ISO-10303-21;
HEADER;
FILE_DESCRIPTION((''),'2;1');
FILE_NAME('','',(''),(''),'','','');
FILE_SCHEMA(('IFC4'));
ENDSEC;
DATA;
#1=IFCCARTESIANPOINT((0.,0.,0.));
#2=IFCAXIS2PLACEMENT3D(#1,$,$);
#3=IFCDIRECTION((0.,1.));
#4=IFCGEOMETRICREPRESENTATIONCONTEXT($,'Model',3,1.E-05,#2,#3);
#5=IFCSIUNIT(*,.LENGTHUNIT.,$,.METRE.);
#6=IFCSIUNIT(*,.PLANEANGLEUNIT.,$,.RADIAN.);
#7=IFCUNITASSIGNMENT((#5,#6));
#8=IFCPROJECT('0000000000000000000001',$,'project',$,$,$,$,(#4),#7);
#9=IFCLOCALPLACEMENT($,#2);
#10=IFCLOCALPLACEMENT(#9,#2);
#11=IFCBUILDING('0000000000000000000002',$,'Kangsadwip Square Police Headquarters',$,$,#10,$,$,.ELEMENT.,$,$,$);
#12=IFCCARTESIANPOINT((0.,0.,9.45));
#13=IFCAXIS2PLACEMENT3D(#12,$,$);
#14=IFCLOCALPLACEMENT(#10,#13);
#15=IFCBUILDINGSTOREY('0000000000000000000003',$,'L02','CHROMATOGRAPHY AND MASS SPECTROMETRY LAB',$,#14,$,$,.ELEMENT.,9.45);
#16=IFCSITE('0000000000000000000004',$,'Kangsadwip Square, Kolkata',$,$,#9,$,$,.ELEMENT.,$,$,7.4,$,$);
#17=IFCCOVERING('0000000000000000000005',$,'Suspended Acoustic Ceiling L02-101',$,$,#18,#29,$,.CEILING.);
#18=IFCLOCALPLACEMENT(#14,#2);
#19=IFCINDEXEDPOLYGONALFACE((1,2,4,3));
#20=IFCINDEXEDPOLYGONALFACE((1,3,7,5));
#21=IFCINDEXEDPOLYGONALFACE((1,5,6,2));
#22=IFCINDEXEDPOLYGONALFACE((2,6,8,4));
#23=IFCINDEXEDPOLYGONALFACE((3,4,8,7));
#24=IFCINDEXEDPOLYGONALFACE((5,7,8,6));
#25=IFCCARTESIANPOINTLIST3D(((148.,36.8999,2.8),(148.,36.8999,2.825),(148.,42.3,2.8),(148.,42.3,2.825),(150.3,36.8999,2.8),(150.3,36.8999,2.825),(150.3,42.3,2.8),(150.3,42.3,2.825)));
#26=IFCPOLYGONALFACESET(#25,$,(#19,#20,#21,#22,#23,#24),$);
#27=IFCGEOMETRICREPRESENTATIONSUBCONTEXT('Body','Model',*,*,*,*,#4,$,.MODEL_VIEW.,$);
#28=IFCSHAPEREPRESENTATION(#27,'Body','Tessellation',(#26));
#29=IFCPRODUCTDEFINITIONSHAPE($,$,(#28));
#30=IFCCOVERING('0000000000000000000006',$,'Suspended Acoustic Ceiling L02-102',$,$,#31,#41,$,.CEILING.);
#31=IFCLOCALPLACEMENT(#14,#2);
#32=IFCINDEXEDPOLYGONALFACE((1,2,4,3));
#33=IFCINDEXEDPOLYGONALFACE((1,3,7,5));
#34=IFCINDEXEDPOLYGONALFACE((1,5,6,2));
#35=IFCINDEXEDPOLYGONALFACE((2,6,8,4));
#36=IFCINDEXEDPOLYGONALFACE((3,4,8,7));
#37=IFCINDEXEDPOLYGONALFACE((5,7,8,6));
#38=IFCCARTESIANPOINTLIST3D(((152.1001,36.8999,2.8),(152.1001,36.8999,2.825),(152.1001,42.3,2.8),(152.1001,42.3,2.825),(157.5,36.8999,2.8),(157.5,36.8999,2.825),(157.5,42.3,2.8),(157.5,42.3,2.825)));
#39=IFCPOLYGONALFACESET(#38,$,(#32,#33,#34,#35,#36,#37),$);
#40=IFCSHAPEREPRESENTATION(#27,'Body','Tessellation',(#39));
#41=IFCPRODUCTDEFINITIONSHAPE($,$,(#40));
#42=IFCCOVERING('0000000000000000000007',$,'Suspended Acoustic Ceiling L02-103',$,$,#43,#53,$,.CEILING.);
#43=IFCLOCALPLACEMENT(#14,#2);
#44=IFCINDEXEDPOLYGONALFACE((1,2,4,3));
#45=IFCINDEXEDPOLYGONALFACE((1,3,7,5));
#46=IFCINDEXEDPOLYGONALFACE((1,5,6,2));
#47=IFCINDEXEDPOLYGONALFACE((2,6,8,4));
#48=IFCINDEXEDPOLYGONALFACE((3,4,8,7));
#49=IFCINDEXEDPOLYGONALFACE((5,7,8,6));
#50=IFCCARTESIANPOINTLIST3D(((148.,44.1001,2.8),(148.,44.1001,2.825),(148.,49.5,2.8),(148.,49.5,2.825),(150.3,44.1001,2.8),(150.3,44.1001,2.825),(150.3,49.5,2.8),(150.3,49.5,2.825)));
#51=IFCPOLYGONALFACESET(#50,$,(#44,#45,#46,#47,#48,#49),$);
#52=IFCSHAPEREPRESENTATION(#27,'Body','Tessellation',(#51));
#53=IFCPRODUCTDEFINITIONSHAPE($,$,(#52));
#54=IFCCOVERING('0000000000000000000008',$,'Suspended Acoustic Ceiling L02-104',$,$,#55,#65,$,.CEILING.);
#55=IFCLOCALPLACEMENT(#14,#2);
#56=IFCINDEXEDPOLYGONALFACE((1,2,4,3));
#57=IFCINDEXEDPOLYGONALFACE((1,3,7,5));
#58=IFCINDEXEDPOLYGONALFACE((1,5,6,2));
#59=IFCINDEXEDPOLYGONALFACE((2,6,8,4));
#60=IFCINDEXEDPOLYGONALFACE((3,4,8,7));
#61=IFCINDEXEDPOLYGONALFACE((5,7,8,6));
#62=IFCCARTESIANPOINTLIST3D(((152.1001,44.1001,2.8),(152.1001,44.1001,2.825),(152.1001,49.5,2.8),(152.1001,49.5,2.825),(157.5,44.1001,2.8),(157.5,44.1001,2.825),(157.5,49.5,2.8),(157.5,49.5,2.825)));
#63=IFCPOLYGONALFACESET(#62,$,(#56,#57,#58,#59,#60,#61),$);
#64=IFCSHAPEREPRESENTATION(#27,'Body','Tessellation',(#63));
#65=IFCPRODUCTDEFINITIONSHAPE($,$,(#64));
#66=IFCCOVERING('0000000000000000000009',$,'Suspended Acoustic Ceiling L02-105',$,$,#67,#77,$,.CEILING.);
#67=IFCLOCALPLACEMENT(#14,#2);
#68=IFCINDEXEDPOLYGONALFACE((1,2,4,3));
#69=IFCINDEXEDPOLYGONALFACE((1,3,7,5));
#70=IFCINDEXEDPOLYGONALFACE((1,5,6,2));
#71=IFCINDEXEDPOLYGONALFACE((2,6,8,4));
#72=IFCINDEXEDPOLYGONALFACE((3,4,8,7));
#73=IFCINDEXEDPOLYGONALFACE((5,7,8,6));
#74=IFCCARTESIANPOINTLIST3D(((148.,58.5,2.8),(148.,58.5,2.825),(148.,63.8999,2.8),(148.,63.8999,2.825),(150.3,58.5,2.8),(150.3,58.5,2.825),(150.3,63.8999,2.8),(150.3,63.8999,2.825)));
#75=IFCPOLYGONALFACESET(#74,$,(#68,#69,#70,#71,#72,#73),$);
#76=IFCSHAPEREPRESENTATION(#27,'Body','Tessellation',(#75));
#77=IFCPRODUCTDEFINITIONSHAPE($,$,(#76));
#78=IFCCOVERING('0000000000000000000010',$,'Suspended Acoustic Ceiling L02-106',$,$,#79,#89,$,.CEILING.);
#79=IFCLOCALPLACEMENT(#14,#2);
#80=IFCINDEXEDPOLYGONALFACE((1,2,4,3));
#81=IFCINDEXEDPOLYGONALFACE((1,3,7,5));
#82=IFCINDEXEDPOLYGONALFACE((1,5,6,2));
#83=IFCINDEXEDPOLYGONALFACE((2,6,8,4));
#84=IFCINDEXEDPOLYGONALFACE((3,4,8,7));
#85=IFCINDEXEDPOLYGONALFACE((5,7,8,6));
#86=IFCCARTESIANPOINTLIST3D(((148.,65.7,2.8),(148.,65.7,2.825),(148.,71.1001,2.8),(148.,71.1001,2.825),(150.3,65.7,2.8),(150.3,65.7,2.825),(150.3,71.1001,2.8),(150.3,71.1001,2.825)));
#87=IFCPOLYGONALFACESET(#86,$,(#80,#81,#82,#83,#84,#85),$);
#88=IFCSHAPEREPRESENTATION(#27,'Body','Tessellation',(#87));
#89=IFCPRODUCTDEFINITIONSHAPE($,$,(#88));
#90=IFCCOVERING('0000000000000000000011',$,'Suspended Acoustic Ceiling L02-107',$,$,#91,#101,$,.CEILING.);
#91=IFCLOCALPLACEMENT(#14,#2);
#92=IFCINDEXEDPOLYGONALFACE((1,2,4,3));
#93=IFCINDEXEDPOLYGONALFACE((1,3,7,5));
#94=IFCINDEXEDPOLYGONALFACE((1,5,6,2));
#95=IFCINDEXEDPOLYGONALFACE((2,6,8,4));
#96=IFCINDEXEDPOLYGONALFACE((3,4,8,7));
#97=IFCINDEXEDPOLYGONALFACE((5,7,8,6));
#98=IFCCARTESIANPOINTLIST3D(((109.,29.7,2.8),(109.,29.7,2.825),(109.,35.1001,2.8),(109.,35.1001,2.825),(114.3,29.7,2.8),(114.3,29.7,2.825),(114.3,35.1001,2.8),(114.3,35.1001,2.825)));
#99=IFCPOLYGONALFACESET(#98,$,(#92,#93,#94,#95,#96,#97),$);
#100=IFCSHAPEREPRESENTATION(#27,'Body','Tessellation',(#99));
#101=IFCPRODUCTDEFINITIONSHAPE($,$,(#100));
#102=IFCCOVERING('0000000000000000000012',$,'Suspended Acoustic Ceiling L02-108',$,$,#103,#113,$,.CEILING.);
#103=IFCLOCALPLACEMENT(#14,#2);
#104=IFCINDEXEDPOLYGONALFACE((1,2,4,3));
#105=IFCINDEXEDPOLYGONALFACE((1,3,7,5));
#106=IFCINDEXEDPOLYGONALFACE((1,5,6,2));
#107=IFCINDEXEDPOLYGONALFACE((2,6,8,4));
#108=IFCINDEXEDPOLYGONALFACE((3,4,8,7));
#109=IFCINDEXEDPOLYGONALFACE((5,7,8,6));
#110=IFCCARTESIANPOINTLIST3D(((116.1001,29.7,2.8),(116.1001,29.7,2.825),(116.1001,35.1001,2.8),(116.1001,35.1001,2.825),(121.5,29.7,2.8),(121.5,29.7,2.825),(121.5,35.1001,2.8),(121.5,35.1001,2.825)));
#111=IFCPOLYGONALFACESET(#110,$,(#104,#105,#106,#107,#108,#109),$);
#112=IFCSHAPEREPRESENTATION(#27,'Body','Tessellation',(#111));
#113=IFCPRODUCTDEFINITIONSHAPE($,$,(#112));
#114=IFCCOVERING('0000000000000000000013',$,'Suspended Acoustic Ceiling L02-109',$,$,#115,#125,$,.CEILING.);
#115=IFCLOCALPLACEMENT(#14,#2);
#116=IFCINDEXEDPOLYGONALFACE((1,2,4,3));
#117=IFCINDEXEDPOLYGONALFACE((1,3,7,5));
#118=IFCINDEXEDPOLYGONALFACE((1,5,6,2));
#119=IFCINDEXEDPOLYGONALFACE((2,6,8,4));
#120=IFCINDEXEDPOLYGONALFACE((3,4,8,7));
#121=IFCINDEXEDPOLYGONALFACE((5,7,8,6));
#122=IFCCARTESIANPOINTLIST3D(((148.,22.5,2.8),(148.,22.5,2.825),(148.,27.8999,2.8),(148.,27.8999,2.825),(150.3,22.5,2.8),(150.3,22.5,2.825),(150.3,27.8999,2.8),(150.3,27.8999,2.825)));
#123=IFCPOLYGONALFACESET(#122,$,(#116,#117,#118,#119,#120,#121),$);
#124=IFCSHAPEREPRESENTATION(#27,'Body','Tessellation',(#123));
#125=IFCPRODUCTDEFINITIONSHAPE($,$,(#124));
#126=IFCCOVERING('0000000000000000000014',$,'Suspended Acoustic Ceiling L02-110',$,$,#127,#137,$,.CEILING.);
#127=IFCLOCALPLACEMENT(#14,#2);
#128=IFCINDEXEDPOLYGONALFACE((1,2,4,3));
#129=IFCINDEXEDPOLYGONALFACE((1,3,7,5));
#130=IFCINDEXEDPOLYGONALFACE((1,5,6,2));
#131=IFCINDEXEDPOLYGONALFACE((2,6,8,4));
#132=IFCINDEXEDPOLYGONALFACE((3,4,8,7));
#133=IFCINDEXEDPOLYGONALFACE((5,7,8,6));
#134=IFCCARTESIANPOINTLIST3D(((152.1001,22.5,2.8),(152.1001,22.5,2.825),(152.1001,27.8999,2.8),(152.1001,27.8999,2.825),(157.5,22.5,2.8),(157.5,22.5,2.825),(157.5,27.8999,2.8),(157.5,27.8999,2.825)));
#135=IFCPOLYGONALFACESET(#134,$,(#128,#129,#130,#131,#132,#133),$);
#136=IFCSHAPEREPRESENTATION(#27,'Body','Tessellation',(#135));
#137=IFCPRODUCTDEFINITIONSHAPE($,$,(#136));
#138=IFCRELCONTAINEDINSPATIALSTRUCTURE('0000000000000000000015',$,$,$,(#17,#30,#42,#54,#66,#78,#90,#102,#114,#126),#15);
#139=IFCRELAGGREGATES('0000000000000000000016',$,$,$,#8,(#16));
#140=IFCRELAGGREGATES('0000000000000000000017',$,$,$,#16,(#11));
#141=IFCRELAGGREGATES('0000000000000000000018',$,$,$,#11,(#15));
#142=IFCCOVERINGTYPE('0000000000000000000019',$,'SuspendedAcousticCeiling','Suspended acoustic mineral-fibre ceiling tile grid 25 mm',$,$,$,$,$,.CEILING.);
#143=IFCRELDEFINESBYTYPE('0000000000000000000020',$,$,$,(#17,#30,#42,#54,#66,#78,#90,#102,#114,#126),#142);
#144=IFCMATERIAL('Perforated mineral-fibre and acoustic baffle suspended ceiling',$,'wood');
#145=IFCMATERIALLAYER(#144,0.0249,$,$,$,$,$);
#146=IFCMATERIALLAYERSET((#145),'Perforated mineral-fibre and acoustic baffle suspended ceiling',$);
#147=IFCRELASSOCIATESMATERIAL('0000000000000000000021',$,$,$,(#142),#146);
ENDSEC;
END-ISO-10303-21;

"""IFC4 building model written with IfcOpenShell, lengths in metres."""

from ifc_helpers import new_model, si_unit, direction, frame, origin, place, context, subcontext, project, spatial, polyline, outline, extrude, material, layer, layer_set, type_object, element, save


model = new_model("IFC4")

# Units and contexts
model_context = context("Model", 3, precision=1e-05, world=origin(), true_north=direction((0.0, 1.0)))
body_context = subcontext(model_context, "Body", "Model", "MODEL_VIEW")
ifc_project = project(units=[si_unit("LENGTHUNIT", "METRE"), si_unit("PLANEANGLEUNIT", "RADIAN")], contexts=[model_context])

# Site, building, storey
site_placement = place(None, origin())
site = spatial("IfcSite", under=ifc_project, at=site_placement, Name="Kangsadwip Square, Kolkata", CompositionType="ELEMENT", RefElevation=7.4)
building_placement = place(site_placement, origin())
building = spatial("IfcBuilding", under=site, at=building_placement, Name="Kangsadwip Square Police Headquarters", CompositionType="ELEMENT")
storey_placement = place(building_placement, frame((0.0, 0.0, 9.45)))
storey = spatial("IfcBuildingStorey", under=building, at=storey_placement, Name="L02", Description="CHROMATOGRAPHY AND MASS SPECTROMETRY LAB", CompositionType="ELEMENT", Elevation=9.45)

# Coverings
ifc_material = material(Name="Perforated mineral-fibre and acoustic baffle suspended ceiling", Category="wood")
ifc_layer = layer(ifc_material, 0.0249)
ifc_layer_set = layer_set([ifc_layer], Name="Perforated mineral-fibre and acoustic baffle suspended ceiling")
covering_type = type_object("IfcCoveringType", Name="SuspendedAcousticCeiling", Description="Suspended acoustic mineral-fibre ceiling tile grid 25 mm", PredefinedType="CEILING", material=ifc_layer_set)
covering_1_placement = place(storey_placement, frame((0.0, 0.0, 2.8)))
element("IfcCovering", 1, at=covering_1_placement, inside=storey, type_object=covering_type, Name="Suspended Acoustic Ceiling L02-101", PredefinedType="CEILING", context=body_context, shape_type="SweptSolid", body=[
    extrude(outline(polyline([(148.0, 36.8999), (150.3, 36.8999), (150.3, 42.3), (148.0, 42.3), (148.0, 36.8999)])), origin(), (0.0, 0.0, 1.0), 0.0249),
])
covering_2_placement = place(storey_placement, frame((0.0, 0.0, 2.8)))
element("IfcCovering", 2, at=covering_2_placement, inside=storey, type_object=covering_type, Name="Suspended Acoustic Ceiling L02-102", PredefinedType="CEILING", context=body_context, shape_type="SweptSolid", body=[
    extrude(outline(polyline([(152.1001, 36.8999), (157.5, 36.8999), (157.5, 42.3), (152.1001, 42.3), (152.1001, 36.8999)])), origin(), (0.0, 0.0, 1.0), 0.0249),
])
covering_3_placement = place(storey_placement, frame((0.0, 0.0, 2.8)))
element("IfcCovering", 3, at=covering_3_placement, inside=storey, type_object=covering_type, Name="Suspended Acoustic Ceiling L02-103", PredefinedType="CEILING", context=body_context, shape_type="SweptSolid", body=[
    extrude(outline(polyline([(148.0, 44.1001), (150.3, 44.1001), (150.3, 49.5), (148.0, 49.5), (148.0, 44.1001)])), origin(), (0.0, 0.0, 1.0), 0.0249),
])
covering_4_placement = place(storey_placement, frame((0.0, 0.0, 2.8)))
element("IfcCovering", 4, at=covering_4_placement, inside=storey, type_object=covering_type, Name="Suspended Acoustic Ceiling L02-104", PredefinedType="CEILING", context=body_context, shape_type="SweptSolid", body=[
    extrude(outline(polyline([(152.1001, 44.1001), (157.5, 44.1001), (157.5, 49.5), (152.1001, 49.5), (152.1001, 44.1001)])), origin(), (0.0, 0.0, 1.0), 0.0249),
])
covering_5_placement = place(storey_placement, frame((0.0, 0.0, 2.8)))
element("IfcCovering", 5, at=covering_5_placement, inside=storey, type_object=covering_type, Name="Suspended Acoustic Ceiling L02-105", PredefinedType="CEILING", context=body_context, shape_type="SweptSolid", body=[
    extrude(outline(polyline([(148.0, 58.5), (150.3, 58.5), (150.3, 63.8999), (148.0, 63.8999), (148.0, 58.5)])), origin(), (0.0, 0.0, 1.0), 0.0249),
])
covering_6_placement = place(storey_placement, frame((0.0, 0.0, 2.8)))
element("IfcCovering", 6, at=covering_6_placement, inside=storey, type_object=covering_type, Name="Suspended Acoustic Ceiling L02-106", PredefinedType="CEILING", context=body_context, shape_type="SweptSolid", body=[
    extrude(outline(polyline([(148.0, 65.7), (150.3, 65.7), (150.3, 71.1001), (148.0, 71.1001), (148.0, 65.7)])), origin(), (0.0, 0.0, 1.0), 0.0249),
])
covering_7_placement = place(storey_placement, frame((0.0, 0.0, 2.8)))
element("IfcCovering", 7, at=covering_7_placement, inside=storey, type_object=covering_type, Name="Suspended Acoustic Ceiling L02-107", PredefinedType="CEILING", context=body_context, shape_type="SweptSolid", body=[
    extrude(outline(polyline([(109.0, 29.7), (114.3, 29.7), (114.3, 35.1001), (109.0, 35.1001), (109.0, 29.7)])), origin(), (0.0, 0.0, 1.0), 0.0249),
])
covering_8_placement = place(storey_placement, frame((0.0, 0.0, 2.8)))
element("IfcCovering", 8, at=covering_8_placement, inside=storey, type_object=covering_type, Name="Suspended Acoustic Ceiling L02-108", PredefinedType="CEILING", context=body_context, shape_type="SweptSolid", body=[
    extrude(outline(polyline([(116.1001, 29.7), (121.5, 29.7), (121.5, 35.1001), (116.1001, 35.1001), (116.1001, 29.7)])), origin(), (0.0, 0.0, 1.0), 0.0249),
])
covering_9_placement = place(storey_placement, frame((0.0, 0.0, 2.8)))
element("IfcCovering", 9, at=covering_9_placement, inside=storey, type_object=covering_type, Name="Suspended Acoustic Ceiling L02-109", PredefinedType="CEILING", context=body_context, shape_type="SweptSolid", body=[
    extrude(outline(polyline([(148.0, 22.5), (150.3, 22.5), (150.3, 27.8999), (148.0, 27.8999), (148.0, 22.5)])), origin(), (0.0, 0.0, 1.0), 0.0249),
])
covering_10_placement = place(storey_placement, frame((0.0, 0.0, 2.8)))
element("IfcCovering", 10, at=covering_10_placement, inside=storey, type_object=covering_type, Name="Suspended Acoustic Ceiling L02-110", PredefinedType="CEILING", context=body_context, shape_type="SweptSolid", body=[
    extrude(outline(polyline([(152.1001, 22.5), (157.5, 22.5), (157.5, 27.8999), (152.1001, 27.8999), (152.1001, 22.5)])), origin(), (0.0, 0.0, 1.0), 0.0249),
])

save(model, "model.ifc")
